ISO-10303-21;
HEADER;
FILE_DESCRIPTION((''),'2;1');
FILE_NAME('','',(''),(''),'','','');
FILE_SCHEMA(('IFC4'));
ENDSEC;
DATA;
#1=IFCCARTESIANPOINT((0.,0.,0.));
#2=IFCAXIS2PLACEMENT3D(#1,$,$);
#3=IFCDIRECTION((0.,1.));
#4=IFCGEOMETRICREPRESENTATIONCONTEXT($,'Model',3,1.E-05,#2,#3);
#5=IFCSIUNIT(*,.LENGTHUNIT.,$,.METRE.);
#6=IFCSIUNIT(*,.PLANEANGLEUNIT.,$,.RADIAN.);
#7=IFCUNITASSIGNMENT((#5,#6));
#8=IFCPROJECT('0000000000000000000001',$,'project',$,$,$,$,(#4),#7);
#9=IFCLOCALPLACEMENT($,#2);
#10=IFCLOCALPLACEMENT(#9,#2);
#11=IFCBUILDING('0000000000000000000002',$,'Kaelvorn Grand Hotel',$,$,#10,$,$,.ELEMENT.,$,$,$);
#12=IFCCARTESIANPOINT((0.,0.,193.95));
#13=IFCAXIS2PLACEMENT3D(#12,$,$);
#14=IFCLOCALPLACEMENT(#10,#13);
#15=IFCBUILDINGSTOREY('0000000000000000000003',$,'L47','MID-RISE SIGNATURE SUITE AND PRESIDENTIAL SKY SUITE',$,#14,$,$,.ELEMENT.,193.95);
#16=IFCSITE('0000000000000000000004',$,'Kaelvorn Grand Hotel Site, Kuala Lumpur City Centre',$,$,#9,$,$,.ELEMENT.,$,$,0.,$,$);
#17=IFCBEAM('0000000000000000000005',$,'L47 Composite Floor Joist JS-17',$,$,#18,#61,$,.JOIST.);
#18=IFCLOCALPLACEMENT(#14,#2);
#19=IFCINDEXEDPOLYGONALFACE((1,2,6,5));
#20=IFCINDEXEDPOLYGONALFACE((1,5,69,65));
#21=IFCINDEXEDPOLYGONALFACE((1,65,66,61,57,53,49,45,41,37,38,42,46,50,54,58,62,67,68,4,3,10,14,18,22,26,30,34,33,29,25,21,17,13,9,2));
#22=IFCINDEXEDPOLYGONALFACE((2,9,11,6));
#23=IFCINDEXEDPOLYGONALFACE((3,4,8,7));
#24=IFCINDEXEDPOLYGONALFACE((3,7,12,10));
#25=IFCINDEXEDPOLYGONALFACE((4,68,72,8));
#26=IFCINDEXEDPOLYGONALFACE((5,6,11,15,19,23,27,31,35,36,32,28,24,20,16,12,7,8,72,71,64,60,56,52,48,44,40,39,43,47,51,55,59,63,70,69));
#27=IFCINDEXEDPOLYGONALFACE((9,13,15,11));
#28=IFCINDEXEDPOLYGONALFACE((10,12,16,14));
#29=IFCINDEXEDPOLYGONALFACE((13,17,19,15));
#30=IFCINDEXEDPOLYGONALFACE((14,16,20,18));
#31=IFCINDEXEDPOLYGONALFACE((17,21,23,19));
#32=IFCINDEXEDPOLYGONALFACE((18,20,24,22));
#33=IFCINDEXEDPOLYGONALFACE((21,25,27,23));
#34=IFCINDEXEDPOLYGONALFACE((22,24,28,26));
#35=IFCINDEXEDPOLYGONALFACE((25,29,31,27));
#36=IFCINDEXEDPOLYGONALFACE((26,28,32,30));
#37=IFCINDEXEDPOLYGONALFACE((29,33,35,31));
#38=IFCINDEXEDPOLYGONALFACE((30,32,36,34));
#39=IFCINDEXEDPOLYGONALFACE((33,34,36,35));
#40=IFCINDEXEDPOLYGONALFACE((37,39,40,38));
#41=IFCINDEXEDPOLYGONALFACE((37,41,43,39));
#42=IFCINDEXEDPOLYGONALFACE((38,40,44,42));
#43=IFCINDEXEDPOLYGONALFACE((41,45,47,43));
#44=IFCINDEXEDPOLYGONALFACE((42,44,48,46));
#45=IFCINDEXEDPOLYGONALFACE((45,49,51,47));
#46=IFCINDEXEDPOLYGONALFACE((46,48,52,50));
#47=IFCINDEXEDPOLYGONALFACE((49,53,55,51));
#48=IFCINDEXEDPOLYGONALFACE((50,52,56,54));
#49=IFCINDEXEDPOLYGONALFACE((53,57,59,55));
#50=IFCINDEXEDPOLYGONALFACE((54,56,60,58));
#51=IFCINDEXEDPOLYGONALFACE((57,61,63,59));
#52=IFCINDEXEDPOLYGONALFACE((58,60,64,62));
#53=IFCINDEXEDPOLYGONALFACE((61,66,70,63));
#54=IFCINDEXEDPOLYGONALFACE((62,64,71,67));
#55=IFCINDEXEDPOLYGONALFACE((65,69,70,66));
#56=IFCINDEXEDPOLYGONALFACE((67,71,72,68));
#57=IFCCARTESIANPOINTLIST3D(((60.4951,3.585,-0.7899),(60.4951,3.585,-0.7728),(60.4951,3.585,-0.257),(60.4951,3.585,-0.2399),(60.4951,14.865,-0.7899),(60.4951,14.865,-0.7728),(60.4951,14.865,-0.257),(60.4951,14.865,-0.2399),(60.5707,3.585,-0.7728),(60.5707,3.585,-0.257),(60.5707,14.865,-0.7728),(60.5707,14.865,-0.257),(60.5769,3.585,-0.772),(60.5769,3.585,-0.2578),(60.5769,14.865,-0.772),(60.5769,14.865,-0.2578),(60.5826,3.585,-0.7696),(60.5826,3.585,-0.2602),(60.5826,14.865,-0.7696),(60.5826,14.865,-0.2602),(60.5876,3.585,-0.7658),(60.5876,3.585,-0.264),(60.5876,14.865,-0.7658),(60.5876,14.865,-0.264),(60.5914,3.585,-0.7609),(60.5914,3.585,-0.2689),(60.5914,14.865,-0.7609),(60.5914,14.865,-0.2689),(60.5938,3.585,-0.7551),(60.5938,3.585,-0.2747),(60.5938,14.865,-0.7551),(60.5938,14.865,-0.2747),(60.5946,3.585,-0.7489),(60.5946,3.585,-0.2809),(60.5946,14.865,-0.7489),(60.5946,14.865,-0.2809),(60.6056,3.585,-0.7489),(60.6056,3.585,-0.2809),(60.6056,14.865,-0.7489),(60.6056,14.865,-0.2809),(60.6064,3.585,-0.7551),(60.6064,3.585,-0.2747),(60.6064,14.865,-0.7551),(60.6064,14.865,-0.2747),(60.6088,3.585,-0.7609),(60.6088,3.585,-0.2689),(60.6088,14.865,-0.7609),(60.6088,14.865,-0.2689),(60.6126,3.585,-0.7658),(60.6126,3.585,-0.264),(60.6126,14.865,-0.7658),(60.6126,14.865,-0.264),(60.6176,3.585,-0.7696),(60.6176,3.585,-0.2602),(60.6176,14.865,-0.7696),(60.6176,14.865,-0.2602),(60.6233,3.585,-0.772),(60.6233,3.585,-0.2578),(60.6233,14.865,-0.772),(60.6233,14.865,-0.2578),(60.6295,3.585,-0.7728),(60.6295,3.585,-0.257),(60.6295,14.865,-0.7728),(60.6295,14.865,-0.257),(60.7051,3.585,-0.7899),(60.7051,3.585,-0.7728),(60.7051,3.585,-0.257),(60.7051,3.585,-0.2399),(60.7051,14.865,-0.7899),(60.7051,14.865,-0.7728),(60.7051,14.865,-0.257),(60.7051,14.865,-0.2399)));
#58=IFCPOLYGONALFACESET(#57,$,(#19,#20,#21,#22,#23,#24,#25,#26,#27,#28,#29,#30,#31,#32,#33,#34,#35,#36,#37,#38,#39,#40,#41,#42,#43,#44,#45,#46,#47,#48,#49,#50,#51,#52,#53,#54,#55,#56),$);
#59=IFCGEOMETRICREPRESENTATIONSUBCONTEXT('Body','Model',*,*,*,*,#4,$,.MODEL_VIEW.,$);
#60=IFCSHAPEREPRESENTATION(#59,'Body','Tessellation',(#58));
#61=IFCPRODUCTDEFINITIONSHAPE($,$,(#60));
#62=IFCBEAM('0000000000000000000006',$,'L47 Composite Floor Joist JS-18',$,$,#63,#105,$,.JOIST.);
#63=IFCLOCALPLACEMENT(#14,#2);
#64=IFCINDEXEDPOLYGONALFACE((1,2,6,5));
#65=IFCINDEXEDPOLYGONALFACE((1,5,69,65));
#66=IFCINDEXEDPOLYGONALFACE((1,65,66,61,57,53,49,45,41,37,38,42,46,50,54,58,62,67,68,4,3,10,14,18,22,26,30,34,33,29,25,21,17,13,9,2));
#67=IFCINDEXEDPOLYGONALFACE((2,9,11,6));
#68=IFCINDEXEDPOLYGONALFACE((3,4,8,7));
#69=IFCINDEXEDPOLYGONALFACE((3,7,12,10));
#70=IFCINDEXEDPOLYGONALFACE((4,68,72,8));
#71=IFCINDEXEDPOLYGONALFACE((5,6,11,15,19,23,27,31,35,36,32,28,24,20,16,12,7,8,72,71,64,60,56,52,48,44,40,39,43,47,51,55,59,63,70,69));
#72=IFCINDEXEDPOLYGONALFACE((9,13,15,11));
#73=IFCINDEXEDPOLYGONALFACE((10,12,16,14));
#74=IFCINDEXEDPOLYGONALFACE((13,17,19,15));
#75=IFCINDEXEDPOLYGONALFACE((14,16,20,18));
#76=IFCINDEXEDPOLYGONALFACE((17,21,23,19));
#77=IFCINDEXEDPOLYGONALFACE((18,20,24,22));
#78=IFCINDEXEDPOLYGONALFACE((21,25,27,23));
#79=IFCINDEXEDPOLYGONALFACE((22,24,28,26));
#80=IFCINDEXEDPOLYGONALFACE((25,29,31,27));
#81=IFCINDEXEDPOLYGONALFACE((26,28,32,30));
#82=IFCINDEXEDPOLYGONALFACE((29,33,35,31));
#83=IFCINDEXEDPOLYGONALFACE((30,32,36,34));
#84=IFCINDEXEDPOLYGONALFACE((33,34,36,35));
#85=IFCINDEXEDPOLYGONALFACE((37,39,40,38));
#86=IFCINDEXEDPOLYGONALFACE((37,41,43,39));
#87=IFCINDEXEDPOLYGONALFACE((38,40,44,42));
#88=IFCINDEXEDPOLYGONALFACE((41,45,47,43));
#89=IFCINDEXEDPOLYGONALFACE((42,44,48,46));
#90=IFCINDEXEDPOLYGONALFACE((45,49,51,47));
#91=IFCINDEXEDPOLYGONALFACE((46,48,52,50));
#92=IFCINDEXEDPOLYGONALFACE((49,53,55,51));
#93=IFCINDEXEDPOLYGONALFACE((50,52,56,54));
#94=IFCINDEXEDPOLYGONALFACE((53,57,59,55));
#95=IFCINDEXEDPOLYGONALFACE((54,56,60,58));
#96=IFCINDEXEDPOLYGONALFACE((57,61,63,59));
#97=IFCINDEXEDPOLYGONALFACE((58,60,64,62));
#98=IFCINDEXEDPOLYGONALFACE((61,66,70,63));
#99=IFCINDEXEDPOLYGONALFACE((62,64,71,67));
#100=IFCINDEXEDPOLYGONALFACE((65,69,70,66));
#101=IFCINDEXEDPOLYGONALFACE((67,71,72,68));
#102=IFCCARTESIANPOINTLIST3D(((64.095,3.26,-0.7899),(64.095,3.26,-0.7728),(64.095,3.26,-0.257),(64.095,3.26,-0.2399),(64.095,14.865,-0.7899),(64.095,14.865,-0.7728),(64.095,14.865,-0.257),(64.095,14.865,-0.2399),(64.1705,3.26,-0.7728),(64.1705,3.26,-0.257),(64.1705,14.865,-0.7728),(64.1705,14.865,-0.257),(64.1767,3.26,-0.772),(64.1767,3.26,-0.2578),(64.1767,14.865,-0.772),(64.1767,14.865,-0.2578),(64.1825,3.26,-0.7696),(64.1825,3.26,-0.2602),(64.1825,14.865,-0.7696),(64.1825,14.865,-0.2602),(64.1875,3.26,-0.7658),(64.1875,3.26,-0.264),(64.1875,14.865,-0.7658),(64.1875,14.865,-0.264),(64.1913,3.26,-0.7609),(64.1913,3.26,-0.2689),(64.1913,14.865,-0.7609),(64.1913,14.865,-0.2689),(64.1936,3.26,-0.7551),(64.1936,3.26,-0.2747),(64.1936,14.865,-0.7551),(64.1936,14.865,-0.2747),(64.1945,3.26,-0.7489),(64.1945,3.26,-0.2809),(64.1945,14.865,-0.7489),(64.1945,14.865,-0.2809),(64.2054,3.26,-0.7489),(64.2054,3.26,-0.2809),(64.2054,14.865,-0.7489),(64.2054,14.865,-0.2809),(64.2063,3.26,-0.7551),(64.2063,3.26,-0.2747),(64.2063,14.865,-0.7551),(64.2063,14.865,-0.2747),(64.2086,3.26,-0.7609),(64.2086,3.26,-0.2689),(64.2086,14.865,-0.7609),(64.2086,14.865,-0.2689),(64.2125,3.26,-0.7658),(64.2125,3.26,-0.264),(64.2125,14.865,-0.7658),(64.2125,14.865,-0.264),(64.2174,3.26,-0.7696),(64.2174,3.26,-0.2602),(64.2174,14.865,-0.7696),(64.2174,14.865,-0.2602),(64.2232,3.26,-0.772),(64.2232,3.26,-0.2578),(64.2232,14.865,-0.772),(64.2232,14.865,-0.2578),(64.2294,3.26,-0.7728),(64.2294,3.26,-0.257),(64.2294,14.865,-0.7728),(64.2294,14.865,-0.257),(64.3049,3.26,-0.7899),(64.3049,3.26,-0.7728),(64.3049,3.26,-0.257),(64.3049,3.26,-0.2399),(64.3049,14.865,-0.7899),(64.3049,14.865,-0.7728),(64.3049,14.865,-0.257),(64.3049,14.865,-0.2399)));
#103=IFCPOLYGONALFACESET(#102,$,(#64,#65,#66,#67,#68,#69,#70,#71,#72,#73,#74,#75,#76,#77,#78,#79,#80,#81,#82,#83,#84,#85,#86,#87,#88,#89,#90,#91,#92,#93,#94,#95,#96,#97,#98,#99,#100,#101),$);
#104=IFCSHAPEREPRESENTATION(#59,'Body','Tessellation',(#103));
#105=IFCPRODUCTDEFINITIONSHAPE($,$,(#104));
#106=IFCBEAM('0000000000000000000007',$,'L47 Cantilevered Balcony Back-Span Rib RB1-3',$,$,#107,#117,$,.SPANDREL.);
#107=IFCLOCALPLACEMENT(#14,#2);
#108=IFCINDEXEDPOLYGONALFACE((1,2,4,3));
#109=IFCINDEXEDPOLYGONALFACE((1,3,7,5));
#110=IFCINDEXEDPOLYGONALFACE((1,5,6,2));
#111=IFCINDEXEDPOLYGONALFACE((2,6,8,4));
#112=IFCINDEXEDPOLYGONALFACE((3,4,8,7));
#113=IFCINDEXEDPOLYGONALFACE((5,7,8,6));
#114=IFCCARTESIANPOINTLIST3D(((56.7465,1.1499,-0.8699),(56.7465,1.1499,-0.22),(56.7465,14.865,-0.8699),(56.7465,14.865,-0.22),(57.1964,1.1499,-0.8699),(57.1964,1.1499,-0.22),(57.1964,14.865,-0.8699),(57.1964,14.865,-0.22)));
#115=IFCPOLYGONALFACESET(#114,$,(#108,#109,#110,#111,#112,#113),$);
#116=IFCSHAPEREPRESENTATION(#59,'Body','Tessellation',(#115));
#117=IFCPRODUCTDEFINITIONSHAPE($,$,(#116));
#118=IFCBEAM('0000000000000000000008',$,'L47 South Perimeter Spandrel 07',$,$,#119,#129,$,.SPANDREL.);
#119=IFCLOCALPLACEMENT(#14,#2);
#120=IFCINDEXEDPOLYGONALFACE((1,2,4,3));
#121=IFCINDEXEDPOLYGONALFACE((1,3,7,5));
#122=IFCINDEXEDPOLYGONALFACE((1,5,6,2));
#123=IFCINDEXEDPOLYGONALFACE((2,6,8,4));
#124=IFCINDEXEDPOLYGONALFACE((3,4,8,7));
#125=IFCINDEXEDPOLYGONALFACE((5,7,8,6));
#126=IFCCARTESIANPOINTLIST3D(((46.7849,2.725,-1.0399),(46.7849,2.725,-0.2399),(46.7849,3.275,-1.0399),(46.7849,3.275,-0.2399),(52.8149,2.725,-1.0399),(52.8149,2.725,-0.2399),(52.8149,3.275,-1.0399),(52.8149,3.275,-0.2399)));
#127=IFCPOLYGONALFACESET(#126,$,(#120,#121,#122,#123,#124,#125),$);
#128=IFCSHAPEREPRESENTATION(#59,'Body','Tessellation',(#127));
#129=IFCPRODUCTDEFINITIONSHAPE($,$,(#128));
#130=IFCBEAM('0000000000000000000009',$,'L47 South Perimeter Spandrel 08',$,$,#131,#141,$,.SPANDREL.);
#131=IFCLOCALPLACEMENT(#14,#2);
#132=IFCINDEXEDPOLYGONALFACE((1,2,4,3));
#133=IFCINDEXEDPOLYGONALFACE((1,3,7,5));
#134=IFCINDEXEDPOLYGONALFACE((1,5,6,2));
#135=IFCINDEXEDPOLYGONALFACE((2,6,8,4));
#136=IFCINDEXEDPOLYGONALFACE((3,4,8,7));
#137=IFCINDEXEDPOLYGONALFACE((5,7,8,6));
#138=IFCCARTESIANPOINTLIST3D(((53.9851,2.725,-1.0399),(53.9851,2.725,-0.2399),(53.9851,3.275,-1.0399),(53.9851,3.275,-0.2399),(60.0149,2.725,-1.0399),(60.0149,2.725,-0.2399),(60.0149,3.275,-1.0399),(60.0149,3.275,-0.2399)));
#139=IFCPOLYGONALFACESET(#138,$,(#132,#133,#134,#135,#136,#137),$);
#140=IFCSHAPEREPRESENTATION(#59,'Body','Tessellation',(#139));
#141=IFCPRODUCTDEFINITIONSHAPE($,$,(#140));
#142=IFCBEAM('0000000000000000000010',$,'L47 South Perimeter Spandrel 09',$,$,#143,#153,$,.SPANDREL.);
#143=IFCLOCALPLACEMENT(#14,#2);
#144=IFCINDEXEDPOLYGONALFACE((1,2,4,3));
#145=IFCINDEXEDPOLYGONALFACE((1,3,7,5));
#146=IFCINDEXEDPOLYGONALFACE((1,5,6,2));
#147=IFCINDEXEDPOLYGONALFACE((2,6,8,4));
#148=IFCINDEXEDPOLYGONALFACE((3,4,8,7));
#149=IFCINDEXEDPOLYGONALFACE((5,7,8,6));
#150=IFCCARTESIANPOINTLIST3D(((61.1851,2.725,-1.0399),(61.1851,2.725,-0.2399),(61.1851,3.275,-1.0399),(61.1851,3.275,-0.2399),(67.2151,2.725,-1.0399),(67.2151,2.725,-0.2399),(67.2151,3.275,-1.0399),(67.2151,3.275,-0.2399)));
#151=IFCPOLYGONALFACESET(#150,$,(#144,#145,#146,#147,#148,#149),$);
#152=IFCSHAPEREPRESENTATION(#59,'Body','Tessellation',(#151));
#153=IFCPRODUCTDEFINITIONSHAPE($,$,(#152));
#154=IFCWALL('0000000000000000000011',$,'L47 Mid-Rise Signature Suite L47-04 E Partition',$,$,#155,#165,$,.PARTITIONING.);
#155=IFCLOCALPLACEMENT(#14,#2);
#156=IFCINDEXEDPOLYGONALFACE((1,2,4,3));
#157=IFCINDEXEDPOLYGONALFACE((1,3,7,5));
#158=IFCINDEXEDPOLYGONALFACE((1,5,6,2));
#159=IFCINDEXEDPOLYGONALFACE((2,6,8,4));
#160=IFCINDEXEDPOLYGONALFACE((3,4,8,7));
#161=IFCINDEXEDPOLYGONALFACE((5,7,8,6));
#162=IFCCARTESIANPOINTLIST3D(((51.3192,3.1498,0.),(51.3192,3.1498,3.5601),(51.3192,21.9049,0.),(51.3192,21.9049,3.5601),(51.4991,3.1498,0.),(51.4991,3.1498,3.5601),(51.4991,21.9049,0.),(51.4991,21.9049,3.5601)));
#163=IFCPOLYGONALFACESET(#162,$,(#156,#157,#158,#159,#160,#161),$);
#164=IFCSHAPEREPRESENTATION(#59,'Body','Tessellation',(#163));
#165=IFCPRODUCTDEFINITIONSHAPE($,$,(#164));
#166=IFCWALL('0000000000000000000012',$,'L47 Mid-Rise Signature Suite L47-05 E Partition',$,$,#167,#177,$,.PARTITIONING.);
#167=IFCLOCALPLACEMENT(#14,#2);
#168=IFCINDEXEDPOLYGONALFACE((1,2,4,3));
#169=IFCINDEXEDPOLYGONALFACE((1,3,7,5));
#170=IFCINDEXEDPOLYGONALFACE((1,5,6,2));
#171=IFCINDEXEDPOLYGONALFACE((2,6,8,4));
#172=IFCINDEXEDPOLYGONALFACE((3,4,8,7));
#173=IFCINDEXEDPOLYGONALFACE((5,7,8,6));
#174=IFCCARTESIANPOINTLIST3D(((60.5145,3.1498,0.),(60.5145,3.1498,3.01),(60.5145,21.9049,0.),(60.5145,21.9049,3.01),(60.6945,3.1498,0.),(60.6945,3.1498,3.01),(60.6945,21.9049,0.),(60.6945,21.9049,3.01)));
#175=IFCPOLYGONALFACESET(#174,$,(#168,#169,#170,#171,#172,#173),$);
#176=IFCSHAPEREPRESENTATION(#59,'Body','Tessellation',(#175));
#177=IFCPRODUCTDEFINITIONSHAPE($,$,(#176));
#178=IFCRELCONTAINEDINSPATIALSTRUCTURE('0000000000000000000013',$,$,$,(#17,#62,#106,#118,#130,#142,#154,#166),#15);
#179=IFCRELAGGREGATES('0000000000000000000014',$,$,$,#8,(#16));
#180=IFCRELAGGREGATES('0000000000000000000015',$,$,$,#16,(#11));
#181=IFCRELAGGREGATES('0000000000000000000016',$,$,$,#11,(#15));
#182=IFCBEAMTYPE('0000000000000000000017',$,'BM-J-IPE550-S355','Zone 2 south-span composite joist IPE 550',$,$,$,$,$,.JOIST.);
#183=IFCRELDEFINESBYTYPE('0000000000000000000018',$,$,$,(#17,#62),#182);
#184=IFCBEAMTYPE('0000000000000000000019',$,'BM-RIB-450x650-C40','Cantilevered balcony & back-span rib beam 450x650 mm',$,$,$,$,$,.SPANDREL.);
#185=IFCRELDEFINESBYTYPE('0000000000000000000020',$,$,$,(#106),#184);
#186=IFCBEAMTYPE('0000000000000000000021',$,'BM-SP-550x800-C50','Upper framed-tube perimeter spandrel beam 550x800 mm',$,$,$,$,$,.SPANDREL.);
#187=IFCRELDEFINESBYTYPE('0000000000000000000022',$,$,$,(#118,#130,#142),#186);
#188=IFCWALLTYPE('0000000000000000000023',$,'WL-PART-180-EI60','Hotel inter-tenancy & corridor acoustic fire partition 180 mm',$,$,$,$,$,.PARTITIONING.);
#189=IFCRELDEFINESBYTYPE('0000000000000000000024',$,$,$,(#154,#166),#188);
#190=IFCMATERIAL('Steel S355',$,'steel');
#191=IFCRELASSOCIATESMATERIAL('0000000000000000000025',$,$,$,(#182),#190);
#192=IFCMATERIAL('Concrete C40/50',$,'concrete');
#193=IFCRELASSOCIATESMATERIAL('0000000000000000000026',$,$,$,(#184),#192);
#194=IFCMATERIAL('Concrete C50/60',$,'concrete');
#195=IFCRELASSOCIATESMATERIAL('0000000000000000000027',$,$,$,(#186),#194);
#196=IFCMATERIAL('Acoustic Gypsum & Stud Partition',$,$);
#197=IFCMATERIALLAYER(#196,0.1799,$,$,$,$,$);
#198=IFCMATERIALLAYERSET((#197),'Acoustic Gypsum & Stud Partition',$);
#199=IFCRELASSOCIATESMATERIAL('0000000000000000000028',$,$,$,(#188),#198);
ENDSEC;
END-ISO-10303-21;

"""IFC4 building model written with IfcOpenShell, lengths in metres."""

from ifc_helpers import new_model, si_unit, direction, frame, frame_2d, origin, origin_2d, place, context, subcontext, project, spatial, rectangle, i_section, extrude, material, layer, layer_set, material_profile, profile_set, type_object, element, save


model = new_model("IFC4")

# Units and contexts
model_context = context("Model", 3, precision=1e-05, world=origin(), true_north=direction((0.0, 1.0)))
body_context = subcontext(model_context, "Body", "Model", "MODEL_VIEW")
ifc_project = project(units=[si_unit("LENGTHUNIT", "METRE"), si_unit("PLANEANGLEUNIT", "RADIAN")], contexts=[model_context])

# Site, building, storey
site_placement = place(None, origin())
site = spatial("IfcSite", under=ifc_project, at=site_placement, Name="Kaelvorn Grand Hotel Site, Kuala Lumpur City Centre", CompositionType="ELEMENT", RefElevation=0.0)
building_placement = place(site_placement, origin())
building = spatial("IfcBuilding", under=site, at=building_placement, Name="Kaelvorn Grand Hotel", CompositionType="ELEMENT")
storey_placement = place(building_placement, frame((0.0, 0.0, 193.95)))
storey = spatial("IfcBuildingStorey", under=building, at=storey_placement, Name="L47", Description="MID-RISE SIGNATURE SUITE AND PRESIDENTIAL SKY SUITE", CompositionType="ELEMENT", Elevation=193.95)

# Beams
ifc_material_1 = material(Name="Steel S355", Category="steel")
ifc_material_profile_1 = material_profile(ifc_material_1, i_section(OverallWidth=0.21, OverallDepth=0.55, WebThickness=0.011, FlangeThickness=0.0171, FilletRadius=0.0239, at=origin_2d()), Name="IPE 550")
ifc_profile_set_1 = profile_set([ifc_material_profile_1], Name="Steel S355")
beam_type_1 = type_object("IfcBeamType", Name="BM-J-IPE550-S355", Description="Zone 2 south-span composite joist IPE 550", PredefinedType="JOIST", material=ifc_profile_set_1)
for number, where, z_axis, x_axis, name in (
    (1, (60.6001, 3.585, -0.5149), (0.0, 1.0, 0.0), (-1.0, 0.0, 0.0), "L47 Composite Floor Joist JS-17"),
):
    element("IfcBeam", number, at=place(storey_placement, frame(where, z_axis=z_axis, x_axis=x_axis)), inside=storey, type_object=beam_type_1, Name=name, PredefinedType="JOIST", context=body_context, shape_type="SweptSolid", body=[
        extrude(i_section(OverallWidth=0.21, OverallDepth=0.55, WebThickness=0.011, FlangeThickness=0.0171, FilletRadius=0.0239, at=origin_2d()), origin(), (0.0, 0.0, 1.0), 11.28),
    ])
beam_1_placement = place(storey_placement, frame((64.2, 3.26, -0.5149), z_axis=(0.0, 1.0, 0.0), x_axis=(-1.0, 0.0, 0.0)))
element("IfcBeam", 2, at=beam_1_placement, inside=storey, type_object=beam_type_1, Name="L47 Composite Floor Joist JS-18", PredefinedType="JOIST", context=body_context, shape_type="SweptSolid", body=[
    extrude(i_section(OverallWidth=0.21, OverallDepth=0.55, WebThickness=0.011, FlangeThickness=0.0171, FilletRadius=0.0239, at=origin_2d()), origin(), (0.0, 0.0, 1.0), 11.605),
])
ifc_material_2 = material(Name="Concrete C40/50", Category="concrete")
ifc_material_profile_2 = material_profile(ifc_material_2, rectangle(XDim=0.45, YDim=0.6499, at=origin_2d()), Name="RC RIB 450x650")
ifc_profile_set_2 = profile_set([ifc_material_profile_2], Name="Concrete C40/50")
beam_type_2 = type_object("IfcBeamType", Name="BM-RIB-450x650-C40", Description="Cantilevered balcony & back-span rib beam 450x650 mm", PredefinedType="SPANDREL", material=ifc_profile_set_2)
beam_2_placement = place(storey_placement, frame((56.9714, 1.1499, -0.5449), z_axis=(0.0, 1.0, 0.0), x_axis=(-1.0, 0.0, 0.0)))
element("IfcBeam", 3, at=beam_2_placement, inside=storey, type_object=beam_type_2, Name="L47 Cantilevered Balcony Back-Span Rib RB1-3", PredefinedType="SPANDREL", context=body_context, shape_type="SweptSolid", body=[
    extrude(rectangle(XDim=0.45, YDim=0.6499, at=origin_2d()), origin(), (0.0, 0.0, 1.0), 13.7151),
])
ifc_material_3 = material(Name="Concrete C50/60", Category="concrete")
ifc_material_profile_3 = material_profile(ifc_material_3, rectangle(XDim=0.55, YDim=0.8, at=origin_2d()), Name="RC SPANDREL 550x800")
ifc_profile_set_3 = profile_set([ifc_material_profile_3], Name="Concrete C50/60")
beam_type_3 = type_object("IfcBeamType", Name="BM-SP-550x800-C50", Description="Upper framed-tube perimeter spandrel beam 550x800 mm", PredefinedType="SPANDREL", material=ifc_profile_set_3)
beam_3_placement = place(storey_placement, frame((46.7849, 3.0, -0.6399), z_axis=(1.0, 0.0, 0.0), x_axis=(0.0, 1.0, 0.0)))
element("IfcBeam", 4, at=beam_3_placement, inside=storey, type_object=beam_type_3, Name="L47 South Perimeter Spandrel 07", PredefinedType="SPANDREL", context=body_context, shape_type="SweptSolid", body=[
    extrude(rectangle(XDim=0.55, YDim=0.8, at=origin_2d()), origin(), (0.0, 0.0, 1.0), 6.03),
])
beam_4_placement = place(storey_placement, frame((53.9851, 3.0, -0.6399), z_axis=(1.0, 0.0, 0.0), x_axis=(0.0, 1.0, 0.0)))
element("IfcBeam", 5, at=beam_4_placement, inside=storey, type_object=beam_type_3, Name="L47 South Perimeter Spandrel 08", PredefinedType="SPANDREL", context=body_context, shape_type="SweptSolid", body=[
    extrude(rectangle(XDim=0.55, YDim=0.8, at=origin_2d()), origin(), (0.0, 0.0, 1.0), 6.0298),
])
beam_5_placement = place(storey_placement, frame((61.1851, 3.0, -0.6399), z_axis=(1.0, 0.0, 0.0), x_axis=(0.0, 1.0, 0.0)))
element("IfcBeam", 6, at=beam_5_placement, inside=storey, type_object=beam_type_3, Name="L47 South Perimeter Spandrel 09", PredefinedType="SPANDREL", context=body_context, shape_type="SweptSolid", body=[
    extrude(rectangle(XDim=0.55, YDim=0.8, at=origin_2d()), origin(), (0.0, 0.0, 1.0), 6.03),
])

# Walls
ifc_material_4 = material(Name="Acoustic Gypsum & Stud Partition")
ifc_layer_1 = layer(ifc_material_4, 0.1799)
ifc_layer_set_1 = layer_set([ifc_layer_1], Name="Acoustic Gypsum & Stud Partition")
wall_type = type_object("IfcWallType", Name="WL-PART-180-EI60", Description="Hotel inter-tenancy & corridor acoustic fire partition 180 mm", PredefinedType="PARTITIONING", material=ifc_layer_set_1)
wall_1_placement = place(storey_placement, frame((51.4092, 3.1499, 0.0), z_axis=(0.0, 0.0, 1.0), x_axis=(0.0, 1.0, 0.0)))
element("IfcWall", 7, at=wall_1_placement, inside=storey, type_object=wall_type, Name="L47 Mid-Rise Signature Suite L47-04 E Partition", PredefinedType="PARTITIONING", context=body_context, shape_type="SweptSolid", body=[
    extrude(rectangle(XDim=18.7551, YDim=0.1799, at=frame_2d((9.3774, 0.0))), origin(), (0.0, 0.0, 1.0), 3.5601),
])
wall_2_placement = place(storey_placement, frame((60.6045, 3.1499, 0.0), z_axis=(0.0, 0.0, 1.0), x_axis=(0.0, 1.0, 0.0)))
element("IfcWall", 8, at=wall_2_placement, inside=storey, type_object=wall_type, Name="L47 Mid-Rise Signature Suite L47-05 E Partition", PredefinedType="PARTITIONING", context=body_context, shape_type="SweptSolid", body=[
    extrude(rectangle(XDim=18.7551, YDim=0.1799, at=frame_2d((9.3774, 0.0))), origin(), (0.0, 0.0, 1.0), 3.01),
])

save(model, "model.ifc")
